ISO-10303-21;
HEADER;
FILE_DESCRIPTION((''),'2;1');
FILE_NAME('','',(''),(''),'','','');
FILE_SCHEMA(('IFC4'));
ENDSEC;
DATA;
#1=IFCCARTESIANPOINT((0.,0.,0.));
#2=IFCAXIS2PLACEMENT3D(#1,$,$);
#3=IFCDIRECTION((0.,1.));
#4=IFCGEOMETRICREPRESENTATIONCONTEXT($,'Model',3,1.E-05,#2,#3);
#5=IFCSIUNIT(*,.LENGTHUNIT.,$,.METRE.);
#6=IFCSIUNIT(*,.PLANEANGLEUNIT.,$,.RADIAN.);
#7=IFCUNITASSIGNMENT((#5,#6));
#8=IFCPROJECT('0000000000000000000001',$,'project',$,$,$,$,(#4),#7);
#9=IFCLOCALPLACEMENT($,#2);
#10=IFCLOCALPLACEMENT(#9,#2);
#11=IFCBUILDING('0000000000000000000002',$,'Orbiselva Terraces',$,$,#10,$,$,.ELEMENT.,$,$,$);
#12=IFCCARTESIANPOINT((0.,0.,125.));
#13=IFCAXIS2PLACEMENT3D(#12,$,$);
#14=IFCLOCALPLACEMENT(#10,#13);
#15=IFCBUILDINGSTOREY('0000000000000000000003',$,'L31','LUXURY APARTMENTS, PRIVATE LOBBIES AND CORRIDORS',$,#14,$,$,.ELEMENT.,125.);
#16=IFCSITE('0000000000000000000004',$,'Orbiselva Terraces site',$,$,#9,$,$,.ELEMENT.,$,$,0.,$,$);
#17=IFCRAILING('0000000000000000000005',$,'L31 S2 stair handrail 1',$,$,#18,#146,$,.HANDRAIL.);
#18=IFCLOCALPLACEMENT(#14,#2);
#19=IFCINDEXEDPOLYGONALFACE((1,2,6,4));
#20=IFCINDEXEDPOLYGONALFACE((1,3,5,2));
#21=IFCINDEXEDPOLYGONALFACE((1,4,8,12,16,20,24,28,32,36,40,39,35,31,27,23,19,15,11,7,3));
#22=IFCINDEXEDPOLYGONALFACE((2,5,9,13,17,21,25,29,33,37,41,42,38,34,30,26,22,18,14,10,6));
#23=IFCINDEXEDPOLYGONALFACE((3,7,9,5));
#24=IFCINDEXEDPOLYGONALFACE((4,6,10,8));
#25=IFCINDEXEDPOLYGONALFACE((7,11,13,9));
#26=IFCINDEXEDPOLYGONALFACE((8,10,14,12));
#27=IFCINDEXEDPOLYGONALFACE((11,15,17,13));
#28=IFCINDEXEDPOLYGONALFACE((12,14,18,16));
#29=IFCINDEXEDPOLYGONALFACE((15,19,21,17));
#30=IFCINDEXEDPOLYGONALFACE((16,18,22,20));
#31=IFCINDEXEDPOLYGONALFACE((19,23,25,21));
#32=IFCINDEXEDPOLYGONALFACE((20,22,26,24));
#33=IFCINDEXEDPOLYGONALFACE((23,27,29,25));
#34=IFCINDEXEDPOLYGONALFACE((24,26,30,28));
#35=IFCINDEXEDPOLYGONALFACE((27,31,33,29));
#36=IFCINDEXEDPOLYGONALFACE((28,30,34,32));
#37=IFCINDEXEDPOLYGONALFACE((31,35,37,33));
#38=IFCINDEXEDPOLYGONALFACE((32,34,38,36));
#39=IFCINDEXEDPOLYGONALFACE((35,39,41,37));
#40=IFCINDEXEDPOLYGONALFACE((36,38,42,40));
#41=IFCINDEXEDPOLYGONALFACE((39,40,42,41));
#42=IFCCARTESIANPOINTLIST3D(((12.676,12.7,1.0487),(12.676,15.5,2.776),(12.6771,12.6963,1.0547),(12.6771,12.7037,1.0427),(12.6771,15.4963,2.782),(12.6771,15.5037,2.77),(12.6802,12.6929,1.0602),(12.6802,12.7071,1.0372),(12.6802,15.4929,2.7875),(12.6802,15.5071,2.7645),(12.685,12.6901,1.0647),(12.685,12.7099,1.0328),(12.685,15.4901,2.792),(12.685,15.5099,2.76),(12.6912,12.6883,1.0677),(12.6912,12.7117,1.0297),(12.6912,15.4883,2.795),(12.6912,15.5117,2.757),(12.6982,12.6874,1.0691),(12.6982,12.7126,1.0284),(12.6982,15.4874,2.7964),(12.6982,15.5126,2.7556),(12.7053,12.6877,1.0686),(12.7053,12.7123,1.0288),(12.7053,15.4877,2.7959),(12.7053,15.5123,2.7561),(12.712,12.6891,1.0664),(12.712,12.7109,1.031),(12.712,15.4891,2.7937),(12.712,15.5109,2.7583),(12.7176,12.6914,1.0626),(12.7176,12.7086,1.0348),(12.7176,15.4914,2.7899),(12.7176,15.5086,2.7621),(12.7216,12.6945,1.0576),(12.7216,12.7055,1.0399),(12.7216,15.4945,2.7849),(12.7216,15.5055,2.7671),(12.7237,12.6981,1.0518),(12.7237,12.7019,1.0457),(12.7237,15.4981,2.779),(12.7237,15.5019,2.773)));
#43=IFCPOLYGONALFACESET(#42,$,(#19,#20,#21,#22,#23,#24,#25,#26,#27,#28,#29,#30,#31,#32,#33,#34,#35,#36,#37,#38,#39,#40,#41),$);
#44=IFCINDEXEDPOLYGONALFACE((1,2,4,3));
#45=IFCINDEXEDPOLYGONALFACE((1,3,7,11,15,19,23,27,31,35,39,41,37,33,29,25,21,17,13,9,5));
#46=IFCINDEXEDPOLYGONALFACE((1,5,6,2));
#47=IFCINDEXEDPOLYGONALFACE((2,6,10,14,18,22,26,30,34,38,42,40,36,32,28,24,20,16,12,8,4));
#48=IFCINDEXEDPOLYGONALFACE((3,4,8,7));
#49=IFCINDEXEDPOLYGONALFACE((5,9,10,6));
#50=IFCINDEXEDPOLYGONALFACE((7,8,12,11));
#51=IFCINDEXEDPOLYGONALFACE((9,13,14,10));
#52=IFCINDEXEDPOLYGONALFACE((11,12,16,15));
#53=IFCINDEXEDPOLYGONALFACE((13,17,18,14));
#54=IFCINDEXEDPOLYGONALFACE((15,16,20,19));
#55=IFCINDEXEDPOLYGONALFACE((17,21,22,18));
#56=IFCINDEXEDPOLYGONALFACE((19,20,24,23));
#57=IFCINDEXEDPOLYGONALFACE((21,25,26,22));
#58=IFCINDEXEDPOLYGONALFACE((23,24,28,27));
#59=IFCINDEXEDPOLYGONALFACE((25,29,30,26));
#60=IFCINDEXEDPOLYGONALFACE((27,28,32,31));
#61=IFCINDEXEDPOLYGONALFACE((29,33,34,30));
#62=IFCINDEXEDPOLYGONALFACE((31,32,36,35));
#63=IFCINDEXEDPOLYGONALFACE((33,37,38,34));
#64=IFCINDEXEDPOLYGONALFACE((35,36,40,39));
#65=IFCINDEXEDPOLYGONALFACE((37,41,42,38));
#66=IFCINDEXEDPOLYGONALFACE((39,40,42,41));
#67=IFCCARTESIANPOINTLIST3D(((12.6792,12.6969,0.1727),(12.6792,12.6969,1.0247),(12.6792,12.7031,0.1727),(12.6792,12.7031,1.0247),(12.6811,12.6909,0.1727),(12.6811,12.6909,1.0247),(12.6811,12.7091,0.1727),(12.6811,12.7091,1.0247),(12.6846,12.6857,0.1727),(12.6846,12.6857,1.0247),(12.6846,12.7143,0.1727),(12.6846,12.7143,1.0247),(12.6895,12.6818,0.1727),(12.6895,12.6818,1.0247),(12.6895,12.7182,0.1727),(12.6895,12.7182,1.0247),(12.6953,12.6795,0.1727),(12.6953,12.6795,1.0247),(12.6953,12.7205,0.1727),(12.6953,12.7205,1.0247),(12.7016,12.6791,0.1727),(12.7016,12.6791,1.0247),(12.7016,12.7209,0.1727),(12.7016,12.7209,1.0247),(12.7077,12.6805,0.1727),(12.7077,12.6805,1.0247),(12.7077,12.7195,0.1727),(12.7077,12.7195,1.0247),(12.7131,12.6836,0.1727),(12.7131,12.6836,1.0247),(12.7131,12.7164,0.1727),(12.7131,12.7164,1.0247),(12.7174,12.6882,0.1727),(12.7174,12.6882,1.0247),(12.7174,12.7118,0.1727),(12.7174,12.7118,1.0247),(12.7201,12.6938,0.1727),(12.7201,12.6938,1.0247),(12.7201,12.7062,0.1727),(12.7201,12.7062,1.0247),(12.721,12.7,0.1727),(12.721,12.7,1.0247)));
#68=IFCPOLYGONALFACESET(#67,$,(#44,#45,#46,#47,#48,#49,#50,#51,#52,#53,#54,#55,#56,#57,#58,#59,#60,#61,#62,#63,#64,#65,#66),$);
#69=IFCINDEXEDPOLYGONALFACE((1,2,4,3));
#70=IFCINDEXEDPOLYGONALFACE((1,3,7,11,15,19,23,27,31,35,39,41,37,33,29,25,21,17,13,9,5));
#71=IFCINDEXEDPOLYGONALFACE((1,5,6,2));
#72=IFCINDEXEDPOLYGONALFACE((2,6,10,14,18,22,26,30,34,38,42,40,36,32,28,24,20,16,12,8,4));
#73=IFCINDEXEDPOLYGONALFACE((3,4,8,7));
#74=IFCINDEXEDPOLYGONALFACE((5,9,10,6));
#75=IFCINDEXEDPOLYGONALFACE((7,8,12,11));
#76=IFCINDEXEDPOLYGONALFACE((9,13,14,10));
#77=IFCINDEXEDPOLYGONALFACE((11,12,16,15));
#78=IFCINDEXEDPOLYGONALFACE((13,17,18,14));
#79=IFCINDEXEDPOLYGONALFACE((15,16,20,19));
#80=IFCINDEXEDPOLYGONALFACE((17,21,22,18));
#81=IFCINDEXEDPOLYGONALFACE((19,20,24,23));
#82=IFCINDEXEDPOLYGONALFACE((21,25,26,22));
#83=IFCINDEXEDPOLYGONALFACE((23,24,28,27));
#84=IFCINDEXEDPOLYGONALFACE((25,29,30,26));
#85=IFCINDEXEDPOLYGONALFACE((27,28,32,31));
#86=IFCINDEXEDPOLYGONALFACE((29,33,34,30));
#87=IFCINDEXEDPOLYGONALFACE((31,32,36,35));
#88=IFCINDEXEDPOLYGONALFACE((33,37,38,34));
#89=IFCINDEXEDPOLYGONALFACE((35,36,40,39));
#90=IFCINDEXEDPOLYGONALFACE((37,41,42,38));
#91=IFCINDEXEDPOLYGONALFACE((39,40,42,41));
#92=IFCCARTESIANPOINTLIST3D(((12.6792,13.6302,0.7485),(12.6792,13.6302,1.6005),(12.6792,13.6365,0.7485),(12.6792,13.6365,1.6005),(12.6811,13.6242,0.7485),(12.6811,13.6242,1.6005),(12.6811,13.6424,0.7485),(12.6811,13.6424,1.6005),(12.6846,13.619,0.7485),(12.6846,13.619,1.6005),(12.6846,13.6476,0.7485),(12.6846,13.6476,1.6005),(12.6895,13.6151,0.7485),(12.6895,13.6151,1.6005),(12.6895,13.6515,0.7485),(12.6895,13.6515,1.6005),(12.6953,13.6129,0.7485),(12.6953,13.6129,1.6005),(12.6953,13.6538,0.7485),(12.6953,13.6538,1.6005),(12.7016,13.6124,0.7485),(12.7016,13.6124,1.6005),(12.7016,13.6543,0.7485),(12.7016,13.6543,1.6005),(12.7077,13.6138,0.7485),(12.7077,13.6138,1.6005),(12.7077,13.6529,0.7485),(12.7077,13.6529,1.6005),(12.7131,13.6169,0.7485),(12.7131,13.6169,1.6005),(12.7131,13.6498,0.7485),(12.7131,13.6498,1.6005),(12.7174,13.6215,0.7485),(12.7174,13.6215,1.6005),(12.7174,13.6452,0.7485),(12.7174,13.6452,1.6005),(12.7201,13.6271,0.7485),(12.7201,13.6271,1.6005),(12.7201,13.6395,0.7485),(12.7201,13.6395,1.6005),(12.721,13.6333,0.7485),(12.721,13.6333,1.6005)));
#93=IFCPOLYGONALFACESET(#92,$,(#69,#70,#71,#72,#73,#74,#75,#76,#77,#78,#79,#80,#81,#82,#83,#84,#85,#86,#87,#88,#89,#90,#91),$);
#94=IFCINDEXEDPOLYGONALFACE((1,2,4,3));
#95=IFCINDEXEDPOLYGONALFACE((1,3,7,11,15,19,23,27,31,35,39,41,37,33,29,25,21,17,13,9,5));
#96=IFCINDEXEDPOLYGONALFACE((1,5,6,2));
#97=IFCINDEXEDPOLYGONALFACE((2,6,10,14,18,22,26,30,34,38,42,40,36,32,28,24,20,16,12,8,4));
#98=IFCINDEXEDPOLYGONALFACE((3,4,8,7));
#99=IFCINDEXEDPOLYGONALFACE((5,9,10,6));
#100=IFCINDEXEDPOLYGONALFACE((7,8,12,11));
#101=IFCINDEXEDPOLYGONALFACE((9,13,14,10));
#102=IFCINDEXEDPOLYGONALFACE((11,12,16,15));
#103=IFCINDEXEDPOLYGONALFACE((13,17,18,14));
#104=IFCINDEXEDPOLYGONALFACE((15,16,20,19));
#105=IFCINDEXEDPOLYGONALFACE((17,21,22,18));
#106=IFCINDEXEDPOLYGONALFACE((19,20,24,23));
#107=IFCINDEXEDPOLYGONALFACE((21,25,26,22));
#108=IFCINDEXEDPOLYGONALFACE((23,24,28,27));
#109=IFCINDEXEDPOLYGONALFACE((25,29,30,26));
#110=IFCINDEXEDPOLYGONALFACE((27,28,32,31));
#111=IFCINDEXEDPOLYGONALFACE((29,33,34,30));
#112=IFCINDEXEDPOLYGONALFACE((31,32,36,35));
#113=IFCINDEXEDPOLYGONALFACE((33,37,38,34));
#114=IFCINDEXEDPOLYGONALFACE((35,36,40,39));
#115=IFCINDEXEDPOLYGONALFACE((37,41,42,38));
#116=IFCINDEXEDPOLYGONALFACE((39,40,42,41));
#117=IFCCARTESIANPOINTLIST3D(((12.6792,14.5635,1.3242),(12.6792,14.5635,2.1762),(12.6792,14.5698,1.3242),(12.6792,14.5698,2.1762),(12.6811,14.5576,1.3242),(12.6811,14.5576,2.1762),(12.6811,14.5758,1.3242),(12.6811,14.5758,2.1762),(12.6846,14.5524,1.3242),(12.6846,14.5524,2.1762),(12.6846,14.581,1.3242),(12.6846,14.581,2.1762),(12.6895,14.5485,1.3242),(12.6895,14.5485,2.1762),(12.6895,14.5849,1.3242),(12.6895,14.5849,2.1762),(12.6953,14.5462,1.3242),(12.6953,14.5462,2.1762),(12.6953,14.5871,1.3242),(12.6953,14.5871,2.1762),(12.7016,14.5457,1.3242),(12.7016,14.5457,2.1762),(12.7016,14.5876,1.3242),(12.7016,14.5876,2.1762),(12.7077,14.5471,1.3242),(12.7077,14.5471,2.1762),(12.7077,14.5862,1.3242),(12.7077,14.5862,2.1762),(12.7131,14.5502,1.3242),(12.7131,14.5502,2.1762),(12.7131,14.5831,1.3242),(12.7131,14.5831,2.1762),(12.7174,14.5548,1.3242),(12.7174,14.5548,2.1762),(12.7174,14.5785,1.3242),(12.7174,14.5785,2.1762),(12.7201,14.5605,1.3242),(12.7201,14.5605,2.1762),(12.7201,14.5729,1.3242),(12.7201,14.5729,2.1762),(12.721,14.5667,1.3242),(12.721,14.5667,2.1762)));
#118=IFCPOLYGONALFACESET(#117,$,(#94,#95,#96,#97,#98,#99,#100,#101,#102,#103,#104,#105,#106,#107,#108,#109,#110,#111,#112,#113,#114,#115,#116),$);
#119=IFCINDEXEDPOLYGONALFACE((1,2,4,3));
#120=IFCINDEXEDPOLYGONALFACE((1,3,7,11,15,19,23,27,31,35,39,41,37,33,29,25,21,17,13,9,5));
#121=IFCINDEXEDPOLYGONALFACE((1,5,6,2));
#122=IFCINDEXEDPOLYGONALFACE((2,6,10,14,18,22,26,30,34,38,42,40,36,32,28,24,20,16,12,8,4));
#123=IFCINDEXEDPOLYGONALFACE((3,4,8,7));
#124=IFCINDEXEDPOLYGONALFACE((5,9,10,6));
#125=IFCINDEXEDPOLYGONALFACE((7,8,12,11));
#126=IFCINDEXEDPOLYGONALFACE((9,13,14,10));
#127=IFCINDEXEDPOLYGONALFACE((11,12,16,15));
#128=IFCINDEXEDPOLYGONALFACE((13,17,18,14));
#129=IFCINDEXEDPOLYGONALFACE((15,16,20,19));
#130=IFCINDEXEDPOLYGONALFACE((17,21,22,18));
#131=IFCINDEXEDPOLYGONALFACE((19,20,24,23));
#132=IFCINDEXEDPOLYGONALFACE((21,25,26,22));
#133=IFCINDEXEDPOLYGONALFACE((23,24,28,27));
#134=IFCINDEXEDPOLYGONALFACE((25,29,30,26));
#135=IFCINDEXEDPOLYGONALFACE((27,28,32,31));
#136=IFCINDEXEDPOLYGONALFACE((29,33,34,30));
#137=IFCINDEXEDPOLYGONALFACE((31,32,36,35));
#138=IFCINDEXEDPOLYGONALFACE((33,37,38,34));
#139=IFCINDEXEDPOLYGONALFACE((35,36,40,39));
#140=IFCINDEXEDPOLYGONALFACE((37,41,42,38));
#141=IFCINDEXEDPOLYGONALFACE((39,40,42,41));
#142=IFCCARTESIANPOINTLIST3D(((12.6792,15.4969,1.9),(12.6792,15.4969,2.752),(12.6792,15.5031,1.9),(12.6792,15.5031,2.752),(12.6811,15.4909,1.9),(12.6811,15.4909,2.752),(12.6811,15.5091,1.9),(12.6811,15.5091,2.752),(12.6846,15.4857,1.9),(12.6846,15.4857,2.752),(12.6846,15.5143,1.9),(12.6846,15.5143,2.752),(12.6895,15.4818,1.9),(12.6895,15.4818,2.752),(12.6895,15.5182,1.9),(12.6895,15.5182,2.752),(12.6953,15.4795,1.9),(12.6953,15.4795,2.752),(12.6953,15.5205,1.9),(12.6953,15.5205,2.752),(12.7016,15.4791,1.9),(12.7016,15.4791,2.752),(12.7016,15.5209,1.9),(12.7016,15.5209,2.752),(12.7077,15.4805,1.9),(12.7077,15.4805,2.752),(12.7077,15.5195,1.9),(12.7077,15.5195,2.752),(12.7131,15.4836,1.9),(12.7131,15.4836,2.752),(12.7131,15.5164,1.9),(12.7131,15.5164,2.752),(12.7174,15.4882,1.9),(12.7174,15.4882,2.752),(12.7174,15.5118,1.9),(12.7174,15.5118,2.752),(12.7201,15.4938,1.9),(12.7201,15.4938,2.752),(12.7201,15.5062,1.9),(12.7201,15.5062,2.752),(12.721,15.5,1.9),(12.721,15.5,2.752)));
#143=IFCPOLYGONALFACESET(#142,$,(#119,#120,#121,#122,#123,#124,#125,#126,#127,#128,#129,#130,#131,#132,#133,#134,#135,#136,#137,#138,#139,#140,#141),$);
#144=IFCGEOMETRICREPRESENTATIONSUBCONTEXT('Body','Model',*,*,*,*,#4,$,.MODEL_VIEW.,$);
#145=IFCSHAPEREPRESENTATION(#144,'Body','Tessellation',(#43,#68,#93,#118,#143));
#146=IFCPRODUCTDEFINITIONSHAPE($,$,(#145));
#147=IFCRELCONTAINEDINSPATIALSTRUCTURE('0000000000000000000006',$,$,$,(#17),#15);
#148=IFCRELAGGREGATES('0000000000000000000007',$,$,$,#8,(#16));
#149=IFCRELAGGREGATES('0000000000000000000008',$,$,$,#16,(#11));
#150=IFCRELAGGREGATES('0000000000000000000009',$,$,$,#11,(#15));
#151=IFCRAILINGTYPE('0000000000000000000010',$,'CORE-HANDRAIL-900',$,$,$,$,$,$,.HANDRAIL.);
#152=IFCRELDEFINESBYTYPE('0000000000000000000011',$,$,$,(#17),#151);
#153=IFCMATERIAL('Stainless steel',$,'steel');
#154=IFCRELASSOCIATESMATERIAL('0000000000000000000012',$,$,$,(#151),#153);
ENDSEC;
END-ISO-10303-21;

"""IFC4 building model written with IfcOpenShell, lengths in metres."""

from ifc_helpers import new_model, si_unit, direction, frame, origin, origin_2d, place, context, subcontext, project, spatial, circle, extrude, material, type_object, element, save


model = new_model("IFC4")

# Units and contexts
model_context = context("Model", 3, precision=1e-05, world=origin(), true_north=direction((0.0, 1.0)))
body_context = subcontext(model_context, "Body", "Model", "MODEL_VIEW")
ifc_project = project(units=[si_unit("LENGTHUNIT", "METRE"), si_unit("PLANEANGLEUNIT", "RADIAN")], contexts=[model_context])

# Site, building, storey
site_placement = place(None, origin())
site = spatial("IfcSite", under=ifc_project, at=site_placement, Name="Orbiselva Terraces site", CompositionType="ELEMENT", RefElevation=0.0)
building_placement = place(site_placement, origin())
building = spatial("IfcBuilding", under=site, at=building_placement, Name="Orbiselva Terraces", CompositionType="ELEMENT")
storey_placement = place(building_placement, frame((0.0, 0.0, 125.0)))
storey = spatial("IfcBuildingStorey", under=building, at=storey_placement, Name="L31", Description="LUXURY APARTMENTS, PRIVATE LOBBIES AND CORRIDORS", CompositionType="ELEMENT", Elevation=125.0)

# Railing
ifc_material_1 = material(Name="Stainless steel", Category="steel")
railing_type = type_object("IfcRailingType", Name="CORE-HANDRAIL-900", PredefinedType="HANDRAIL", material=ifc_material_1)
railing_placement = place(storey_placement, frame((12.7, 12.7, 0.1727)))
element("IfcRailing", 1, at=railing_placement, inside=storey, type_object=railing_type, Name="L31 S2 stair handrail 1", PredefinedType="HANDRAIL", context=body_context, shape_type="SweptSolid", body=[
    extrude(circle(Radius=0.024, at=origin_2d()), frame((0.0, 0.0, 0.876), z_axis=(0.0, 0.851089, 0.525022), x_axis=(-1.0, 0.0, 0.0)), (0.0, 0.0, 1.0), 3.2899),
    extrude(circle(Radius=0.021, at=origin_2d()), origin(), (0.0, 0.0, 1.0), 0.852),
    extrude(circle(Radius=0.021, at=origin_2d()), frame((0.0, 0.9333, 0.5758)), (0.0, 0.0, 1.0), 0.852),
    extrude(circle(Radius=0.021, at=origin_2d()), frame((0.0, 1.8667, 1.1515)), (0.0, 0.0, 1.0), 0.852),
    extrude(circle(Radius=0.021, at=origin_2d()), frame((0.0, 2.8, 1.7273)), (0.0, 0.0, 1.0), 0.852),
])

save(model, "model.ifc")
